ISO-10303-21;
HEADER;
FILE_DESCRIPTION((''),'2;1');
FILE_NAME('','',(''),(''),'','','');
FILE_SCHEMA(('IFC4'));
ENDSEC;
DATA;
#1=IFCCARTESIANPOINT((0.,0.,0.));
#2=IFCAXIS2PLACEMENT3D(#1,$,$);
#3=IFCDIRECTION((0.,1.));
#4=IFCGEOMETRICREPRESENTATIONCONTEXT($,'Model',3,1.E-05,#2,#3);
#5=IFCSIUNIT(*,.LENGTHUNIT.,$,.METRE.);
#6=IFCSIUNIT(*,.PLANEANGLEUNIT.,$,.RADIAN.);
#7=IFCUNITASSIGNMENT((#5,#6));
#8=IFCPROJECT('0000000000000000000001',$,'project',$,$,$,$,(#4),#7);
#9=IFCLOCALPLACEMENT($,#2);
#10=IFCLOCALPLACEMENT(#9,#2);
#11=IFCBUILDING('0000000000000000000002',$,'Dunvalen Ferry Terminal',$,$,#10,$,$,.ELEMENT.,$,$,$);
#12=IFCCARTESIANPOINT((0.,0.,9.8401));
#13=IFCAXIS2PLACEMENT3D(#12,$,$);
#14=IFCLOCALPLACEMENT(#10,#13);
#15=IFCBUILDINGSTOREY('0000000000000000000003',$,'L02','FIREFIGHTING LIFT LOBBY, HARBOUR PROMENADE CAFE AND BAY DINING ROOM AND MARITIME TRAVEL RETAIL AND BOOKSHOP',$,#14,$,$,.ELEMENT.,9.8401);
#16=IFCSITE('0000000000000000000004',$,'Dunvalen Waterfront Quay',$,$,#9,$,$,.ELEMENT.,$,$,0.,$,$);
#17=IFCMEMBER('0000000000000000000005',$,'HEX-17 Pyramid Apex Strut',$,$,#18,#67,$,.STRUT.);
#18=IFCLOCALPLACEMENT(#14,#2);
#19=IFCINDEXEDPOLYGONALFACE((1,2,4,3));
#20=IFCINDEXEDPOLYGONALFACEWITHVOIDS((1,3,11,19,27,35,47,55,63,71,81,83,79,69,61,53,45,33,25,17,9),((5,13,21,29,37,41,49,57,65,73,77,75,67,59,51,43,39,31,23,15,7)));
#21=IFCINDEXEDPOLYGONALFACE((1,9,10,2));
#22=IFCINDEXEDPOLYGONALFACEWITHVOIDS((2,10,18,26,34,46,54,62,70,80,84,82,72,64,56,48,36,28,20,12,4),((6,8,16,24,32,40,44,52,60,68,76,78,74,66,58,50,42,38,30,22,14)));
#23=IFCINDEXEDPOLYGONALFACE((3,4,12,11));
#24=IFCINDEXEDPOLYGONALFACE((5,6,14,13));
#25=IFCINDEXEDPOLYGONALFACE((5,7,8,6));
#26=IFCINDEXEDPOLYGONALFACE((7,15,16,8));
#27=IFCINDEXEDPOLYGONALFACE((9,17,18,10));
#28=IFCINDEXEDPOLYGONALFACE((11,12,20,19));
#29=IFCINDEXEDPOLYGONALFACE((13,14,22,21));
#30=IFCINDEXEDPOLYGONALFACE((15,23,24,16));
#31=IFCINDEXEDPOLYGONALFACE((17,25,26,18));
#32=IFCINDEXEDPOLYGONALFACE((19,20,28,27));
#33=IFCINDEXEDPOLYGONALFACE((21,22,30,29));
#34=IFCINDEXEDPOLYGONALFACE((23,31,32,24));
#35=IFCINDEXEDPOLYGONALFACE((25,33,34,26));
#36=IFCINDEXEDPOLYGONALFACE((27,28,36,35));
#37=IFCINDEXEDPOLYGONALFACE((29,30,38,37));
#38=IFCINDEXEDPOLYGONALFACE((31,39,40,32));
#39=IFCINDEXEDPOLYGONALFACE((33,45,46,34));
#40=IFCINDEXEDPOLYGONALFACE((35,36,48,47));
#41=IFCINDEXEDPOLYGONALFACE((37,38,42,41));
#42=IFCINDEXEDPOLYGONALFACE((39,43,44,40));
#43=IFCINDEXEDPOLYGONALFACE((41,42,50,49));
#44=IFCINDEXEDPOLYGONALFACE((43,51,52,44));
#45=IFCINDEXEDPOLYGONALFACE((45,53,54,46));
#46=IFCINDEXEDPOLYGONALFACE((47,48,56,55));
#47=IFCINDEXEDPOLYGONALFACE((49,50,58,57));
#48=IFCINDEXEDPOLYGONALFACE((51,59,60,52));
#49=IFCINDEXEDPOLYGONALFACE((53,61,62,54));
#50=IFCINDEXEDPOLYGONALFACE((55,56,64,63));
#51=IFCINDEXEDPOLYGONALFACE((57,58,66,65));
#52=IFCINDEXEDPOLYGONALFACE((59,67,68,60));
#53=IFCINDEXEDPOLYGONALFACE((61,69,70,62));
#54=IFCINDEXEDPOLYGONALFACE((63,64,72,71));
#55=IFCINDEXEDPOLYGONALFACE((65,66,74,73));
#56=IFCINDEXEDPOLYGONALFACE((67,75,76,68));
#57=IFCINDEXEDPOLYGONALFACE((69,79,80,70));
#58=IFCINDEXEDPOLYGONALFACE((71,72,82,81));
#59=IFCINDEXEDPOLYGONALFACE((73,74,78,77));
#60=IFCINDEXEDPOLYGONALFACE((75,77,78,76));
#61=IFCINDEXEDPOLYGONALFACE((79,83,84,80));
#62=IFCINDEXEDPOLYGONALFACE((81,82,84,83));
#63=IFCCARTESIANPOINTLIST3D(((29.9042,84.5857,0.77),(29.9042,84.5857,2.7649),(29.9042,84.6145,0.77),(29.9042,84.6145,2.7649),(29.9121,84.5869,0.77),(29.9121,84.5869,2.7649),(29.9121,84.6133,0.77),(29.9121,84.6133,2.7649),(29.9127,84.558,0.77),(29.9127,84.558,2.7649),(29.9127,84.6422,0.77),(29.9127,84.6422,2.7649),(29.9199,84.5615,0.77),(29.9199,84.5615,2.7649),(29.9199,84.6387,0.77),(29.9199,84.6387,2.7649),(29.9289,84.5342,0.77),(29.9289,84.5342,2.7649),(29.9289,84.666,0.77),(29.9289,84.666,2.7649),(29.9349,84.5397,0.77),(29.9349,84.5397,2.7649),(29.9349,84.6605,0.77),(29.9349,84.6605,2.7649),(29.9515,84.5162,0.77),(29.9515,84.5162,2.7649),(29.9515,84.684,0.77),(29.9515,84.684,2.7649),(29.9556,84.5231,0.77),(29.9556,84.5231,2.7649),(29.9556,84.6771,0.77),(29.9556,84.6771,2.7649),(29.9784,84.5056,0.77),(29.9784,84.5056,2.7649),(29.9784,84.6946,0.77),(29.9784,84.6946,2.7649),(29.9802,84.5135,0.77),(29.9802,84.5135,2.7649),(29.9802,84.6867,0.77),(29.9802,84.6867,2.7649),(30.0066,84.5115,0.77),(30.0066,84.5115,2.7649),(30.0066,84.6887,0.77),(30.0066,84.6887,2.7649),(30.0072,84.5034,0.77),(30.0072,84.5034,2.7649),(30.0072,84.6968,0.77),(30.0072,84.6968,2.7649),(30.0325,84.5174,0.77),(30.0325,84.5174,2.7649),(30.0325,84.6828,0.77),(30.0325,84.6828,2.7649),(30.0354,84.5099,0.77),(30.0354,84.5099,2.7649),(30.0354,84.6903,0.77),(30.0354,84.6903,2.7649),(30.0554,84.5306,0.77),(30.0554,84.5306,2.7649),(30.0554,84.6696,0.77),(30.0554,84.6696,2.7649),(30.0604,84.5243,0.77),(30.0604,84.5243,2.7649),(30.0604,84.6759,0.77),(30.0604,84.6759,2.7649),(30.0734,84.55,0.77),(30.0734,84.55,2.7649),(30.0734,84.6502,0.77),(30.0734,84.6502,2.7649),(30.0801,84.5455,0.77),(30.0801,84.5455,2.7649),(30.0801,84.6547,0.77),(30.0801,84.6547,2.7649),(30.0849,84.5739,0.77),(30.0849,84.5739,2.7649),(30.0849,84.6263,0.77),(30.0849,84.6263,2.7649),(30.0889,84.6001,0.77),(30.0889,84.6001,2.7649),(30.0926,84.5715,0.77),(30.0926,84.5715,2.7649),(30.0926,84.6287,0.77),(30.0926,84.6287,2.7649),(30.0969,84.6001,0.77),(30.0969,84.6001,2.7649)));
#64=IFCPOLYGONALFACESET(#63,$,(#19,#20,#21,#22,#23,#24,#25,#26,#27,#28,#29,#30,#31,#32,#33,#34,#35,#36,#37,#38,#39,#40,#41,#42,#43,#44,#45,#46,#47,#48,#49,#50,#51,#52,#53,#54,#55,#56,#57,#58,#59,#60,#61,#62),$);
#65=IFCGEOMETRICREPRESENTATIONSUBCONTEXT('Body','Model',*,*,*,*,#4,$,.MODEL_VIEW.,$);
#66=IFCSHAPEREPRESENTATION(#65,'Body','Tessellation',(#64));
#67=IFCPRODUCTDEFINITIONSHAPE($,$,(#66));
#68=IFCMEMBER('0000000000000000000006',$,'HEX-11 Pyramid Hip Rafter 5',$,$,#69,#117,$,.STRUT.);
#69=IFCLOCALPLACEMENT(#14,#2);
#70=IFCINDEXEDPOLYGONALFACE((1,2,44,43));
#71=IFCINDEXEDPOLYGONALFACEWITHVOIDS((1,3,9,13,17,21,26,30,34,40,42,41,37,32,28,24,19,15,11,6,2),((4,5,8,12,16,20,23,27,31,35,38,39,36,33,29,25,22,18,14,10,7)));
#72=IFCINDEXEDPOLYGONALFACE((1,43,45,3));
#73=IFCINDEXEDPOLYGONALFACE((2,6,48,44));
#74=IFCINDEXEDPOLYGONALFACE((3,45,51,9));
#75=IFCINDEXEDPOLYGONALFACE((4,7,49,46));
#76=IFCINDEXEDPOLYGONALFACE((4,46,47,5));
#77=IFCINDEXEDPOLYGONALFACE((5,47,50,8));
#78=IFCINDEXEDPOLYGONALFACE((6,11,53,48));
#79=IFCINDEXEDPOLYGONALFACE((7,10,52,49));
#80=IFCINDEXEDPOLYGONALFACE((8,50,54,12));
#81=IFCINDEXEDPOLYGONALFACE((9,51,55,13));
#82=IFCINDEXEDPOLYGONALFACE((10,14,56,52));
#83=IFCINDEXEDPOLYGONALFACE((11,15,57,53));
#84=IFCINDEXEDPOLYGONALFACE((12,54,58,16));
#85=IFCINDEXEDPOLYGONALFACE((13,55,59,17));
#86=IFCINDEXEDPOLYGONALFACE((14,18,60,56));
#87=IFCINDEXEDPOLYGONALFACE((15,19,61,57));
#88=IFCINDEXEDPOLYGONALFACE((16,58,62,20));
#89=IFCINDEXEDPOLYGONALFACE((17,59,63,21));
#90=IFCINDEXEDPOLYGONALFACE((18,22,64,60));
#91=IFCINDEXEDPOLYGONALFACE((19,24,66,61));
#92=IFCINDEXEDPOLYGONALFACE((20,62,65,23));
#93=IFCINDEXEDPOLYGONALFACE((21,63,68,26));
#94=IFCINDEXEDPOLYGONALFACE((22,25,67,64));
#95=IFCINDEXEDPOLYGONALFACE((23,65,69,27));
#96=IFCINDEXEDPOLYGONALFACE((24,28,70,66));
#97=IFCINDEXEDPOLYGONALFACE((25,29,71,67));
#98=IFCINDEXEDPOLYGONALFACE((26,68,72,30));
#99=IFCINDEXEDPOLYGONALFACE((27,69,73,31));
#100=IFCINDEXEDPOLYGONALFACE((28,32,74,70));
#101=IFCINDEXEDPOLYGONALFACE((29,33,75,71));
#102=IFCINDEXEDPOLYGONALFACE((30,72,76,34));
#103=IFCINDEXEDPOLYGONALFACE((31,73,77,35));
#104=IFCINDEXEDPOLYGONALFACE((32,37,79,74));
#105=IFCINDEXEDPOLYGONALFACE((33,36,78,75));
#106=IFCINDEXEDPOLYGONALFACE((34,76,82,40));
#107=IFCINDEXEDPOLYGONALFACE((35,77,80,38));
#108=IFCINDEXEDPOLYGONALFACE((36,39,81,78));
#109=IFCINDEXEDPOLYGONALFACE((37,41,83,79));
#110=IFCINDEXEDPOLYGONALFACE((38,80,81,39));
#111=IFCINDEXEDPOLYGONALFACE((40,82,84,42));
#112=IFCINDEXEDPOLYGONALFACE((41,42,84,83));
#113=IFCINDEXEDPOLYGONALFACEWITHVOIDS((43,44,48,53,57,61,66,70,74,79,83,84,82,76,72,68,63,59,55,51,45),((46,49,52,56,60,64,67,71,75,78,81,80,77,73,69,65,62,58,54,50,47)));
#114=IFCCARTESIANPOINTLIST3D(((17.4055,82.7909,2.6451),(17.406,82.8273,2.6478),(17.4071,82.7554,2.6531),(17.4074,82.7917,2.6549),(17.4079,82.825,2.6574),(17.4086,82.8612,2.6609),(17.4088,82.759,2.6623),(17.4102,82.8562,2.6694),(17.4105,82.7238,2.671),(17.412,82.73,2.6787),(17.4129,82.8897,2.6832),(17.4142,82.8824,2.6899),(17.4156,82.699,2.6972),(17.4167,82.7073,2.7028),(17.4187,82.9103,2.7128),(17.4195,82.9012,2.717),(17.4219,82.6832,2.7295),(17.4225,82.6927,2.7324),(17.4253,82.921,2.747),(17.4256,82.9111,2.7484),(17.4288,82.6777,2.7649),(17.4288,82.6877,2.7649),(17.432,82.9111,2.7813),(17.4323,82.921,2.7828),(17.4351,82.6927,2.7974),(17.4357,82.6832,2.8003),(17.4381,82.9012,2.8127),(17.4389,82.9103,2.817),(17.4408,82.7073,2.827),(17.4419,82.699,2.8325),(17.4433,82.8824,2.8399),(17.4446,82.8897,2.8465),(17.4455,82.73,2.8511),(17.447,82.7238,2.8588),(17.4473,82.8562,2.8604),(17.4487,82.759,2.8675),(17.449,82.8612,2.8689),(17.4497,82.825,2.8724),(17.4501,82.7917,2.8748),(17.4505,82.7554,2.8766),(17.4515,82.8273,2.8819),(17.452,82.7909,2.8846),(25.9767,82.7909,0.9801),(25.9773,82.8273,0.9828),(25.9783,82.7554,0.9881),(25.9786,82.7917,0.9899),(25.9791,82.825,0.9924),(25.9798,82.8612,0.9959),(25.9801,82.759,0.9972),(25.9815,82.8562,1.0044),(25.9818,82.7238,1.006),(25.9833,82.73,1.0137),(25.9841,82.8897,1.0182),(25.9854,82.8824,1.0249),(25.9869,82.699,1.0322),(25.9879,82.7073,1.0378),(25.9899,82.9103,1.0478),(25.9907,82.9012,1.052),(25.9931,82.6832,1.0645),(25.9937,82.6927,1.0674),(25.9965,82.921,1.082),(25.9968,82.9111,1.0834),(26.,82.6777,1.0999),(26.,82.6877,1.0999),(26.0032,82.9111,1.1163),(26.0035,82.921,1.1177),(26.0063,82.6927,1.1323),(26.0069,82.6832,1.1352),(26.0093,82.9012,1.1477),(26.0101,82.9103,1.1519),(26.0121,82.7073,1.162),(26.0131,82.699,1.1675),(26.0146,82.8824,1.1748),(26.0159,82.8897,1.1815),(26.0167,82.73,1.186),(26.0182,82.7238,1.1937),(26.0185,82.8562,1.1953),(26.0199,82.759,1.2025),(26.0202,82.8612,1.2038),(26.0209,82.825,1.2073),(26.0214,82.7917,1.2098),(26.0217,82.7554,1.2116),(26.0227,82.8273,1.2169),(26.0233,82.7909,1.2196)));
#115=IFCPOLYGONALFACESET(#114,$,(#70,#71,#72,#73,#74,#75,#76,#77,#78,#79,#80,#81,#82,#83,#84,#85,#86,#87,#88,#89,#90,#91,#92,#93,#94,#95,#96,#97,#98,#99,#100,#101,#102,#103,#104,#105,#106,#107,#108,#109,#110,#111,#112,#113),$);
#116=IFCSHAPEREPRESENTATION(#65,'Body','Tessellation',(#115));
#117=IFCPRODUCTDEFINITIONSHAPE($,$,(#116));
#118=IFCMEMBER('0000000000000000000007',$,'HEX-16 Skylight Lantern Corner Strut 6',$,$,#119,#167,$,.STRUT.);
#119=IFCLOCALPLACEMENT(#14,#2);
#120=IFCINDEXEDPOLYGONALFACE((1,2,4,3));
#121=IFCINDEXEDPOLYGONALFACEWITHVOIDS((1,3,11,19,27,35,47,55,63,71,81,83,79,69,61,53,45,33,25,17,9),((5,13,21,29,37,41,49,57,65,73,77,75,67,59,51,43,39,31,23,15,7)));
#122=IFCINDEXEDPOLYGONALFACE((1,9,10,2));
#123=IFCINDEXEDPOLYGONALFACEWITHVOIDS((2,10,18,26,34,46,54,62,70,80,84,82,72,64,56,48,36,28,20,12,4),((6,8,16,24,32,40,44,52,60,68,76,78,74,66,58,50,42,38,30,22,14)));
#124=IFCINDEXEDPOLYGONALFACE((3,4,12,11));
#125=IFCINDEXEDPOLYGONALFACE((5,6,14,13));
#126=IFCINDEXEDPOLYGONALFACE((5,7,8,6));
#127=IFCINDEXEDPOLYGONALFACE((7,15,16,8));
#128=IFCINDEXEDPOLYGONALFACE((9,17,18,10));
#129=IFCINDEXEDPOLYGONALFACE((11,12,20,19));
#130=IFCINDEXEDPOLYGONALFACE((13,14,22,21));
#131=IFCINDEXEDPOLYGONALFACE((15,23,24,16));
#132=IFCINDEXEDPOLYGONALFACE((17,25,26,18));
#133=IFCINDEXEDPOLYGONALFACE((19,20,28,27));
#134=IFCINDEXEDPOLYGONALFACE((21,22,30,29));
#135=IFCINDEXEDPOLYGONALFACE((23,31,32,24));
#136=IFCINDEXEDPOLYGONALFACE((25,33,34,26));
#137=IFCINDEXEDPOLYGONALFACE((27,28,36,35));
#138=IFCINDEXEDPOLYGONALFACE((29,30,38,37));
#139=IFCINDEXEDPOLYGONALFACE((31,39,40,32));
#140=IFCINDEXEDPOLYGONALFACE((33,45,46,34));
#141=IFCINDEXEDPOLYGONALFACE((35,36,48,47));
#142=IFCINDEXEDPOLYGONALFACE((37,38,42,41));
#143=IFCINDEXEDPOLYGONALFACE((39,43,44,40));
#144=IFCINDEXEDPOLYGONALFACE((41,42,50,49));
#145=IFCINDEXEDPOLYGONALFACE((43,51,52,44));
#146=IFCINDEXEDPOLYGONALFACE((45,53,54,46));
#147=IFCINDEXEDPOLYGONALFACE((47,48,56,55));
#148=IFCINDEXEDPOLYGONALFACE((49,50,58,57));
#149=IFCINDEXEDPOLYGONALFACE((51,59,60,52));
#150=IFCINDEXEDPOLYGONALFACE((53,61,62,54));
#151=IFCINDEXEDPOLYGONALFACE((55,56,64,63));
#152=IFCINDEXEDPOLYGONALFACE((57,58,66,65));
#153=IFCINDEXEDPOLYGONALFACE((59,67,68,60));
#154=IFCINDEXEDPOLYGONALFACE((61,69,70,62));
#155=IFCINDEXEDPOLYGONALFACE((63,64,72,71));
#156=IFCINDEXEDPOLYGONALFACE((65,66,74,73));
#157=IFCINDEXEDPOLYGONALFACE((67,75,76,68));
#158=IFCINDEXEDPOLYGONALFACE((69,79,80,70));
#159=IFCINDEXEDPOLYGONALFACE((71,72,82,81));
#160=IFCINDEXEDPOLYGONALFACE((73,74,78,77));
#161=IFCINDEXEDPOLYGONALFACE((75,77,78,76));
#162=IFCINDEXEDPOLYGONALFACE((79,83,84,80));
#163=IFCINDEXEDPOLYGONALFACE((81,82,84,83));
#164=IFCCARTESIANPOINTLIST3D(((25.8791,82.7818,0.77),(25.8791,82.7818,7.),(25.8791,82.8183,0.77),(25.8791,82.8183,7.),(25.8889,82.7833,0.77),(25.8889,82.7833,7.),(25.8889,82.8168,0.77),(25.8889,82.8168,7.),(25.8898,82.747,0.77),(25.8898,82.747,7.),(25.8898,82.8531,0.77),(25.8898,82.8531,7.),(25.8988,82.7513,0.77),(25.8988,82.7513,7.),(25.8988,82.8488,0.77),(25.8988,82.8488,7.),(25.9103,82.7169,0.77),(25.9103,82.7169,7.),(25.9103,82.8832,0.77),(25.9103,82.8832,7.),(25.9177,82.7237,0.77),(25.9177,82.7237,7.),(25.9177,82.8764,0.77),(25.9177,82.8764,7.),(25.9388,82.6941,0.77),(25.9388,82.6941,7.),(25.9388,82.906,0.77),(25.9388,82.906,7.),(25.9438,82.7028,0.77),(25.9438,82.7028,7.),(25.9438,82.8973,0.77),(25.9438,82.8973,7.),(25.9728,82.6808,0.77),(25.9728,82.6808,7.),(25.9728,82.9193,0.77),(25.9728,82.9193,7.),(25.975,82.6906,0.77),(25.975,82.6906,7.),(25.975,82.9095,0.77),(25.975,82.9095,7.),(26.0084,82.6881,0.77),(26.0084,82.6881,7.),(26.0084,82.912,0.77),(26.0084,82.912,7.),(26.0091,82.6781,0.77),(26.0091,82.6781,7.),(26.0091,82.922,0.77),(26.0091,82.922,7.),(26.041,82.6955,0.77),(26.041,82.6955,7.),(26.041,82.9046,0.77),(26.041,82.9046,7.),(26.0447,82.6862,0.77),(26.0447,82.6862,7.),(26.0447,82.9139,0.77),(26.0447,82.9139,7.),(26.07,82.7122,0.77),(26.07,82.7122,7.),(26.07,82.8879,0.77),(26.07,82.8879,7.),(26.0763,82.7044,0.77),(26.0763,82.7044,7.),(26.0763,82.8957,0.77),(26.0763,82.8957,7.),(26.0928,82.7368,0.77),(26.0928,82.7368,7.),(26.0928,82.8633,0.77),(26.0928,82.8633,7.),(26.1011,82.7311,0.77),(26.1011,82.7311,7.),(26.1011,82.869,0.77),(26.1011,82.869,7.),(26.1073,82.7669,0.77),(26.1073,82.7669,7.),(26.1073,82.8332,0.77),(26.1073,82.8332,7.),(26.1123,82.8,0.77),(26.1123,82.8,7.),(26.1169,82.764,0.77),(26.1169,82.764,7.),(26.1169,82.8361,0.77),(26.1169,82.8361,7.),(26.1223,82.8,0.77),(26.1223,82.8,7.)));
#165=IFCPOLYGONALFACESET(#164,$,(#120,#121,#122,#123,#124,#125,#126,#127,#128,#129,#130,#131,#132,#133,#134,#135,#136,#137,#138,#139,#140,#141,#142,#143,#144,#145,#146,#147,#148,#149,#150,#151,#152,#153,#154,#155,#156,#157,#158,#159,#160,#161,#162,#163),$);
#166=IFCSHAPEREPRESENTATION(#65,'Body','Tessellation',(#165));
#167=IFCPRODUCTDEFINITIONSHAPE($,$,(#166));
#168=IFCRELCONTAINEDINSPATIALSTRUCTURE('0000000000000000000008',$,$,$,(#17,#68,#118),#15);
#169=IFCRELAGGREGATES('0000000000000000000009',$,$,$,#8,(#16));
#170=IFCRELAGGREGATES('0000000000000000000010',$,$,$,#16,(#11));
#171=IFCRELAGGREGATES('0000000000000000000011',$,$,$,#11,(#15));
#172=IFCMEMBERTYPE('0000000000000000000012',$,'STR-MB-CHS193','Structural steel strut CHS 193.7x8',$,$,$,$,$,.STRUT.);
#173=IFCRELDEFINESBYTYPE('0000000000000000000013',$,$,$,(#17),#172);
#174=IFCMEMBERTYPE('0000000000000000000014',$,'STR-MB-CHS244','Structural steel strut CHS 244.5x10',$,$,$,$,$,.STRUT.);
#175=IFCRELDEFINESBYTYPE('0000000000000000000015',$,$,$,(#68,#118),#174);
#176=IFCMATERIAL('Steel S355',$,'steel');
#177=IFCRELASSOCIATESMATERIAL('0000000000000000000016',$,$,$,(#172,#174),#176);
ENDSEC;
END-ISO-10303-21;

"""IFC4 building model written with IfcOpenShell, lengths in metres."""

from ifc_helpers import new_model, si_unit, direction, frame, origin, origin_2d, place, context, subcontext, project, spatial, hollow_circle, extrude, material, material_profile, profile_set, type_object, element, save


model = new_model("IFC4")

# Units and contexts
model_context = context("Model", 3, precision=1e-05, world=origin(), true_north=direction((0.0, 1.0)))
body_context = subcontext(model_context, "Body", "Model", "MODEL_VIEW")
ifc_project = project(units=[si_unit("LENGTHUNIT", "METRE"), si_unit("PLANEANGLEUNIT", "RADIAN")], contexts=[model_context])

# Site, building, storey
site_placement = place(None, origin())
site = spatial("IfcSite", under=ifc_project, at=site_placement, Name="Dunvalen Waterfront Quay", CompositionType="ELEMENT", RefElevation=0.0)
building_placement = place(site_placement, origin())
building = spatial("IfcBuilding", under=site, at=building_placement, Name="Dunvalen Ferry Terminal", CompositionType="ELEMENT")
storey_placement = place(building_placement, frame((0.0, 0.0, 9.8401)))
storey = spatial("IfcBuildingStorey", under=building, at=storey_placement, Name="L02", Description="FIREFIGHTING LIFT LOBBY, HARBOUR PROMENADE CAFE AND BAY DINING ROOM AND MARITIME TRAVEL RETAIL AND BOOKSHOP", CompositionType="ELEMENT", Elevation=9.8401)

# Shared definitions
ifc_material_1 = material(Name="Steel S355", Category="steel")

# Members
ifc_material_profile_1 = material_profile(ifc_material_1, hollow_circle(Radius=0.0969, WallThickness=0.0081, at=origin_2d()), Name="Steel S355")
ifc_profile_set_1 = profile_set([ifc_material_profile_1], Name="Steel S355")
member_type_1 = type_object("IfcMemberType", Name="STR-MB-CHS193", Description="Structural steel strut CHS 193.7x8", PredefinedType="STRUT", material=ifc_profile_set_1)
member_1_placement = place(storey_placement, frame((30.0, 84.6001, 0.77), z_axis=(0.0, 0.0, 1.0), x_axis=(1.0, 0.0, 0.0)))
element("IfcMember", 1, at=member_1_placement, inside=storey, type_object=member_type_1, Name="HEX-17 Pyramid Apex Strut", PredefinedType="STRUT", context=body_context, shape_type="SweptSolid", body=[
    extrude(hollow_circle(Radius=0.0969, WallThickness=0.0081, at=origin_2d()), origin(), (0.0, 0.0, 1.0), 1.9949),
])
ifc_material_profile_2 = material_profile(ifc_material_1, hollow_circle(Radius=0.1223, WallThickness=0.01, at=origin_2d()), Name="Steel S355")
ifc_profile_set_2 = profile_set([ifc_material_profile_2], Name="Steel S355")
member_type_2 = type_object("IfcMemberType", Name="STR-MB-CHS244", Description="Structural steel strut CHS 244.5x10", PredefinedType="STRUT", material=ifc_profile_set_2)
member_2_placement = place(storey_placement, frame((26.0, 82.8, 1.0999), z_axis=(-0.98165, 0.0, 0.190693), x_axis=(0.0, -1.0, 0.0)))
element("IfcMember", 2, at=member_2_placement, inside=storey, type_object=member_type_2, Name="HEX-11 Pyramid Hip Rafter 5", PredefinedType="STRUT", context=body_context, shape_type="SweptSolid", body=[
    extrude(hollow_circle(Radius=0.1223, WallThickness=0.01, at=origin_2d()), origin(), (0.0, 0.0, 1.0), 8.7314),
])
member_3_placement = place(storey_placement, frame((26.0, 82.8, 0.77), z_axis=(0.0, 0.0, 1.0), x_axis=(1.0, 0.0, 0.0)))
element("IfcMember", 3, at=member_3_placement, inside=storey, type_object=member_type_2, Name="HEX-16 Skylight Lantern Corner Strut 6", PredefinedType="STRUT", context=body_context, shape_type="SweptSolid", body=[
    extrude(hollow_circle(Radius=0.1223, WallThickness=0.01, at=origin_2d()), origin(), (0.0, 0.0, 1.0), 6.23),
])

save(model, "model.ifc")
